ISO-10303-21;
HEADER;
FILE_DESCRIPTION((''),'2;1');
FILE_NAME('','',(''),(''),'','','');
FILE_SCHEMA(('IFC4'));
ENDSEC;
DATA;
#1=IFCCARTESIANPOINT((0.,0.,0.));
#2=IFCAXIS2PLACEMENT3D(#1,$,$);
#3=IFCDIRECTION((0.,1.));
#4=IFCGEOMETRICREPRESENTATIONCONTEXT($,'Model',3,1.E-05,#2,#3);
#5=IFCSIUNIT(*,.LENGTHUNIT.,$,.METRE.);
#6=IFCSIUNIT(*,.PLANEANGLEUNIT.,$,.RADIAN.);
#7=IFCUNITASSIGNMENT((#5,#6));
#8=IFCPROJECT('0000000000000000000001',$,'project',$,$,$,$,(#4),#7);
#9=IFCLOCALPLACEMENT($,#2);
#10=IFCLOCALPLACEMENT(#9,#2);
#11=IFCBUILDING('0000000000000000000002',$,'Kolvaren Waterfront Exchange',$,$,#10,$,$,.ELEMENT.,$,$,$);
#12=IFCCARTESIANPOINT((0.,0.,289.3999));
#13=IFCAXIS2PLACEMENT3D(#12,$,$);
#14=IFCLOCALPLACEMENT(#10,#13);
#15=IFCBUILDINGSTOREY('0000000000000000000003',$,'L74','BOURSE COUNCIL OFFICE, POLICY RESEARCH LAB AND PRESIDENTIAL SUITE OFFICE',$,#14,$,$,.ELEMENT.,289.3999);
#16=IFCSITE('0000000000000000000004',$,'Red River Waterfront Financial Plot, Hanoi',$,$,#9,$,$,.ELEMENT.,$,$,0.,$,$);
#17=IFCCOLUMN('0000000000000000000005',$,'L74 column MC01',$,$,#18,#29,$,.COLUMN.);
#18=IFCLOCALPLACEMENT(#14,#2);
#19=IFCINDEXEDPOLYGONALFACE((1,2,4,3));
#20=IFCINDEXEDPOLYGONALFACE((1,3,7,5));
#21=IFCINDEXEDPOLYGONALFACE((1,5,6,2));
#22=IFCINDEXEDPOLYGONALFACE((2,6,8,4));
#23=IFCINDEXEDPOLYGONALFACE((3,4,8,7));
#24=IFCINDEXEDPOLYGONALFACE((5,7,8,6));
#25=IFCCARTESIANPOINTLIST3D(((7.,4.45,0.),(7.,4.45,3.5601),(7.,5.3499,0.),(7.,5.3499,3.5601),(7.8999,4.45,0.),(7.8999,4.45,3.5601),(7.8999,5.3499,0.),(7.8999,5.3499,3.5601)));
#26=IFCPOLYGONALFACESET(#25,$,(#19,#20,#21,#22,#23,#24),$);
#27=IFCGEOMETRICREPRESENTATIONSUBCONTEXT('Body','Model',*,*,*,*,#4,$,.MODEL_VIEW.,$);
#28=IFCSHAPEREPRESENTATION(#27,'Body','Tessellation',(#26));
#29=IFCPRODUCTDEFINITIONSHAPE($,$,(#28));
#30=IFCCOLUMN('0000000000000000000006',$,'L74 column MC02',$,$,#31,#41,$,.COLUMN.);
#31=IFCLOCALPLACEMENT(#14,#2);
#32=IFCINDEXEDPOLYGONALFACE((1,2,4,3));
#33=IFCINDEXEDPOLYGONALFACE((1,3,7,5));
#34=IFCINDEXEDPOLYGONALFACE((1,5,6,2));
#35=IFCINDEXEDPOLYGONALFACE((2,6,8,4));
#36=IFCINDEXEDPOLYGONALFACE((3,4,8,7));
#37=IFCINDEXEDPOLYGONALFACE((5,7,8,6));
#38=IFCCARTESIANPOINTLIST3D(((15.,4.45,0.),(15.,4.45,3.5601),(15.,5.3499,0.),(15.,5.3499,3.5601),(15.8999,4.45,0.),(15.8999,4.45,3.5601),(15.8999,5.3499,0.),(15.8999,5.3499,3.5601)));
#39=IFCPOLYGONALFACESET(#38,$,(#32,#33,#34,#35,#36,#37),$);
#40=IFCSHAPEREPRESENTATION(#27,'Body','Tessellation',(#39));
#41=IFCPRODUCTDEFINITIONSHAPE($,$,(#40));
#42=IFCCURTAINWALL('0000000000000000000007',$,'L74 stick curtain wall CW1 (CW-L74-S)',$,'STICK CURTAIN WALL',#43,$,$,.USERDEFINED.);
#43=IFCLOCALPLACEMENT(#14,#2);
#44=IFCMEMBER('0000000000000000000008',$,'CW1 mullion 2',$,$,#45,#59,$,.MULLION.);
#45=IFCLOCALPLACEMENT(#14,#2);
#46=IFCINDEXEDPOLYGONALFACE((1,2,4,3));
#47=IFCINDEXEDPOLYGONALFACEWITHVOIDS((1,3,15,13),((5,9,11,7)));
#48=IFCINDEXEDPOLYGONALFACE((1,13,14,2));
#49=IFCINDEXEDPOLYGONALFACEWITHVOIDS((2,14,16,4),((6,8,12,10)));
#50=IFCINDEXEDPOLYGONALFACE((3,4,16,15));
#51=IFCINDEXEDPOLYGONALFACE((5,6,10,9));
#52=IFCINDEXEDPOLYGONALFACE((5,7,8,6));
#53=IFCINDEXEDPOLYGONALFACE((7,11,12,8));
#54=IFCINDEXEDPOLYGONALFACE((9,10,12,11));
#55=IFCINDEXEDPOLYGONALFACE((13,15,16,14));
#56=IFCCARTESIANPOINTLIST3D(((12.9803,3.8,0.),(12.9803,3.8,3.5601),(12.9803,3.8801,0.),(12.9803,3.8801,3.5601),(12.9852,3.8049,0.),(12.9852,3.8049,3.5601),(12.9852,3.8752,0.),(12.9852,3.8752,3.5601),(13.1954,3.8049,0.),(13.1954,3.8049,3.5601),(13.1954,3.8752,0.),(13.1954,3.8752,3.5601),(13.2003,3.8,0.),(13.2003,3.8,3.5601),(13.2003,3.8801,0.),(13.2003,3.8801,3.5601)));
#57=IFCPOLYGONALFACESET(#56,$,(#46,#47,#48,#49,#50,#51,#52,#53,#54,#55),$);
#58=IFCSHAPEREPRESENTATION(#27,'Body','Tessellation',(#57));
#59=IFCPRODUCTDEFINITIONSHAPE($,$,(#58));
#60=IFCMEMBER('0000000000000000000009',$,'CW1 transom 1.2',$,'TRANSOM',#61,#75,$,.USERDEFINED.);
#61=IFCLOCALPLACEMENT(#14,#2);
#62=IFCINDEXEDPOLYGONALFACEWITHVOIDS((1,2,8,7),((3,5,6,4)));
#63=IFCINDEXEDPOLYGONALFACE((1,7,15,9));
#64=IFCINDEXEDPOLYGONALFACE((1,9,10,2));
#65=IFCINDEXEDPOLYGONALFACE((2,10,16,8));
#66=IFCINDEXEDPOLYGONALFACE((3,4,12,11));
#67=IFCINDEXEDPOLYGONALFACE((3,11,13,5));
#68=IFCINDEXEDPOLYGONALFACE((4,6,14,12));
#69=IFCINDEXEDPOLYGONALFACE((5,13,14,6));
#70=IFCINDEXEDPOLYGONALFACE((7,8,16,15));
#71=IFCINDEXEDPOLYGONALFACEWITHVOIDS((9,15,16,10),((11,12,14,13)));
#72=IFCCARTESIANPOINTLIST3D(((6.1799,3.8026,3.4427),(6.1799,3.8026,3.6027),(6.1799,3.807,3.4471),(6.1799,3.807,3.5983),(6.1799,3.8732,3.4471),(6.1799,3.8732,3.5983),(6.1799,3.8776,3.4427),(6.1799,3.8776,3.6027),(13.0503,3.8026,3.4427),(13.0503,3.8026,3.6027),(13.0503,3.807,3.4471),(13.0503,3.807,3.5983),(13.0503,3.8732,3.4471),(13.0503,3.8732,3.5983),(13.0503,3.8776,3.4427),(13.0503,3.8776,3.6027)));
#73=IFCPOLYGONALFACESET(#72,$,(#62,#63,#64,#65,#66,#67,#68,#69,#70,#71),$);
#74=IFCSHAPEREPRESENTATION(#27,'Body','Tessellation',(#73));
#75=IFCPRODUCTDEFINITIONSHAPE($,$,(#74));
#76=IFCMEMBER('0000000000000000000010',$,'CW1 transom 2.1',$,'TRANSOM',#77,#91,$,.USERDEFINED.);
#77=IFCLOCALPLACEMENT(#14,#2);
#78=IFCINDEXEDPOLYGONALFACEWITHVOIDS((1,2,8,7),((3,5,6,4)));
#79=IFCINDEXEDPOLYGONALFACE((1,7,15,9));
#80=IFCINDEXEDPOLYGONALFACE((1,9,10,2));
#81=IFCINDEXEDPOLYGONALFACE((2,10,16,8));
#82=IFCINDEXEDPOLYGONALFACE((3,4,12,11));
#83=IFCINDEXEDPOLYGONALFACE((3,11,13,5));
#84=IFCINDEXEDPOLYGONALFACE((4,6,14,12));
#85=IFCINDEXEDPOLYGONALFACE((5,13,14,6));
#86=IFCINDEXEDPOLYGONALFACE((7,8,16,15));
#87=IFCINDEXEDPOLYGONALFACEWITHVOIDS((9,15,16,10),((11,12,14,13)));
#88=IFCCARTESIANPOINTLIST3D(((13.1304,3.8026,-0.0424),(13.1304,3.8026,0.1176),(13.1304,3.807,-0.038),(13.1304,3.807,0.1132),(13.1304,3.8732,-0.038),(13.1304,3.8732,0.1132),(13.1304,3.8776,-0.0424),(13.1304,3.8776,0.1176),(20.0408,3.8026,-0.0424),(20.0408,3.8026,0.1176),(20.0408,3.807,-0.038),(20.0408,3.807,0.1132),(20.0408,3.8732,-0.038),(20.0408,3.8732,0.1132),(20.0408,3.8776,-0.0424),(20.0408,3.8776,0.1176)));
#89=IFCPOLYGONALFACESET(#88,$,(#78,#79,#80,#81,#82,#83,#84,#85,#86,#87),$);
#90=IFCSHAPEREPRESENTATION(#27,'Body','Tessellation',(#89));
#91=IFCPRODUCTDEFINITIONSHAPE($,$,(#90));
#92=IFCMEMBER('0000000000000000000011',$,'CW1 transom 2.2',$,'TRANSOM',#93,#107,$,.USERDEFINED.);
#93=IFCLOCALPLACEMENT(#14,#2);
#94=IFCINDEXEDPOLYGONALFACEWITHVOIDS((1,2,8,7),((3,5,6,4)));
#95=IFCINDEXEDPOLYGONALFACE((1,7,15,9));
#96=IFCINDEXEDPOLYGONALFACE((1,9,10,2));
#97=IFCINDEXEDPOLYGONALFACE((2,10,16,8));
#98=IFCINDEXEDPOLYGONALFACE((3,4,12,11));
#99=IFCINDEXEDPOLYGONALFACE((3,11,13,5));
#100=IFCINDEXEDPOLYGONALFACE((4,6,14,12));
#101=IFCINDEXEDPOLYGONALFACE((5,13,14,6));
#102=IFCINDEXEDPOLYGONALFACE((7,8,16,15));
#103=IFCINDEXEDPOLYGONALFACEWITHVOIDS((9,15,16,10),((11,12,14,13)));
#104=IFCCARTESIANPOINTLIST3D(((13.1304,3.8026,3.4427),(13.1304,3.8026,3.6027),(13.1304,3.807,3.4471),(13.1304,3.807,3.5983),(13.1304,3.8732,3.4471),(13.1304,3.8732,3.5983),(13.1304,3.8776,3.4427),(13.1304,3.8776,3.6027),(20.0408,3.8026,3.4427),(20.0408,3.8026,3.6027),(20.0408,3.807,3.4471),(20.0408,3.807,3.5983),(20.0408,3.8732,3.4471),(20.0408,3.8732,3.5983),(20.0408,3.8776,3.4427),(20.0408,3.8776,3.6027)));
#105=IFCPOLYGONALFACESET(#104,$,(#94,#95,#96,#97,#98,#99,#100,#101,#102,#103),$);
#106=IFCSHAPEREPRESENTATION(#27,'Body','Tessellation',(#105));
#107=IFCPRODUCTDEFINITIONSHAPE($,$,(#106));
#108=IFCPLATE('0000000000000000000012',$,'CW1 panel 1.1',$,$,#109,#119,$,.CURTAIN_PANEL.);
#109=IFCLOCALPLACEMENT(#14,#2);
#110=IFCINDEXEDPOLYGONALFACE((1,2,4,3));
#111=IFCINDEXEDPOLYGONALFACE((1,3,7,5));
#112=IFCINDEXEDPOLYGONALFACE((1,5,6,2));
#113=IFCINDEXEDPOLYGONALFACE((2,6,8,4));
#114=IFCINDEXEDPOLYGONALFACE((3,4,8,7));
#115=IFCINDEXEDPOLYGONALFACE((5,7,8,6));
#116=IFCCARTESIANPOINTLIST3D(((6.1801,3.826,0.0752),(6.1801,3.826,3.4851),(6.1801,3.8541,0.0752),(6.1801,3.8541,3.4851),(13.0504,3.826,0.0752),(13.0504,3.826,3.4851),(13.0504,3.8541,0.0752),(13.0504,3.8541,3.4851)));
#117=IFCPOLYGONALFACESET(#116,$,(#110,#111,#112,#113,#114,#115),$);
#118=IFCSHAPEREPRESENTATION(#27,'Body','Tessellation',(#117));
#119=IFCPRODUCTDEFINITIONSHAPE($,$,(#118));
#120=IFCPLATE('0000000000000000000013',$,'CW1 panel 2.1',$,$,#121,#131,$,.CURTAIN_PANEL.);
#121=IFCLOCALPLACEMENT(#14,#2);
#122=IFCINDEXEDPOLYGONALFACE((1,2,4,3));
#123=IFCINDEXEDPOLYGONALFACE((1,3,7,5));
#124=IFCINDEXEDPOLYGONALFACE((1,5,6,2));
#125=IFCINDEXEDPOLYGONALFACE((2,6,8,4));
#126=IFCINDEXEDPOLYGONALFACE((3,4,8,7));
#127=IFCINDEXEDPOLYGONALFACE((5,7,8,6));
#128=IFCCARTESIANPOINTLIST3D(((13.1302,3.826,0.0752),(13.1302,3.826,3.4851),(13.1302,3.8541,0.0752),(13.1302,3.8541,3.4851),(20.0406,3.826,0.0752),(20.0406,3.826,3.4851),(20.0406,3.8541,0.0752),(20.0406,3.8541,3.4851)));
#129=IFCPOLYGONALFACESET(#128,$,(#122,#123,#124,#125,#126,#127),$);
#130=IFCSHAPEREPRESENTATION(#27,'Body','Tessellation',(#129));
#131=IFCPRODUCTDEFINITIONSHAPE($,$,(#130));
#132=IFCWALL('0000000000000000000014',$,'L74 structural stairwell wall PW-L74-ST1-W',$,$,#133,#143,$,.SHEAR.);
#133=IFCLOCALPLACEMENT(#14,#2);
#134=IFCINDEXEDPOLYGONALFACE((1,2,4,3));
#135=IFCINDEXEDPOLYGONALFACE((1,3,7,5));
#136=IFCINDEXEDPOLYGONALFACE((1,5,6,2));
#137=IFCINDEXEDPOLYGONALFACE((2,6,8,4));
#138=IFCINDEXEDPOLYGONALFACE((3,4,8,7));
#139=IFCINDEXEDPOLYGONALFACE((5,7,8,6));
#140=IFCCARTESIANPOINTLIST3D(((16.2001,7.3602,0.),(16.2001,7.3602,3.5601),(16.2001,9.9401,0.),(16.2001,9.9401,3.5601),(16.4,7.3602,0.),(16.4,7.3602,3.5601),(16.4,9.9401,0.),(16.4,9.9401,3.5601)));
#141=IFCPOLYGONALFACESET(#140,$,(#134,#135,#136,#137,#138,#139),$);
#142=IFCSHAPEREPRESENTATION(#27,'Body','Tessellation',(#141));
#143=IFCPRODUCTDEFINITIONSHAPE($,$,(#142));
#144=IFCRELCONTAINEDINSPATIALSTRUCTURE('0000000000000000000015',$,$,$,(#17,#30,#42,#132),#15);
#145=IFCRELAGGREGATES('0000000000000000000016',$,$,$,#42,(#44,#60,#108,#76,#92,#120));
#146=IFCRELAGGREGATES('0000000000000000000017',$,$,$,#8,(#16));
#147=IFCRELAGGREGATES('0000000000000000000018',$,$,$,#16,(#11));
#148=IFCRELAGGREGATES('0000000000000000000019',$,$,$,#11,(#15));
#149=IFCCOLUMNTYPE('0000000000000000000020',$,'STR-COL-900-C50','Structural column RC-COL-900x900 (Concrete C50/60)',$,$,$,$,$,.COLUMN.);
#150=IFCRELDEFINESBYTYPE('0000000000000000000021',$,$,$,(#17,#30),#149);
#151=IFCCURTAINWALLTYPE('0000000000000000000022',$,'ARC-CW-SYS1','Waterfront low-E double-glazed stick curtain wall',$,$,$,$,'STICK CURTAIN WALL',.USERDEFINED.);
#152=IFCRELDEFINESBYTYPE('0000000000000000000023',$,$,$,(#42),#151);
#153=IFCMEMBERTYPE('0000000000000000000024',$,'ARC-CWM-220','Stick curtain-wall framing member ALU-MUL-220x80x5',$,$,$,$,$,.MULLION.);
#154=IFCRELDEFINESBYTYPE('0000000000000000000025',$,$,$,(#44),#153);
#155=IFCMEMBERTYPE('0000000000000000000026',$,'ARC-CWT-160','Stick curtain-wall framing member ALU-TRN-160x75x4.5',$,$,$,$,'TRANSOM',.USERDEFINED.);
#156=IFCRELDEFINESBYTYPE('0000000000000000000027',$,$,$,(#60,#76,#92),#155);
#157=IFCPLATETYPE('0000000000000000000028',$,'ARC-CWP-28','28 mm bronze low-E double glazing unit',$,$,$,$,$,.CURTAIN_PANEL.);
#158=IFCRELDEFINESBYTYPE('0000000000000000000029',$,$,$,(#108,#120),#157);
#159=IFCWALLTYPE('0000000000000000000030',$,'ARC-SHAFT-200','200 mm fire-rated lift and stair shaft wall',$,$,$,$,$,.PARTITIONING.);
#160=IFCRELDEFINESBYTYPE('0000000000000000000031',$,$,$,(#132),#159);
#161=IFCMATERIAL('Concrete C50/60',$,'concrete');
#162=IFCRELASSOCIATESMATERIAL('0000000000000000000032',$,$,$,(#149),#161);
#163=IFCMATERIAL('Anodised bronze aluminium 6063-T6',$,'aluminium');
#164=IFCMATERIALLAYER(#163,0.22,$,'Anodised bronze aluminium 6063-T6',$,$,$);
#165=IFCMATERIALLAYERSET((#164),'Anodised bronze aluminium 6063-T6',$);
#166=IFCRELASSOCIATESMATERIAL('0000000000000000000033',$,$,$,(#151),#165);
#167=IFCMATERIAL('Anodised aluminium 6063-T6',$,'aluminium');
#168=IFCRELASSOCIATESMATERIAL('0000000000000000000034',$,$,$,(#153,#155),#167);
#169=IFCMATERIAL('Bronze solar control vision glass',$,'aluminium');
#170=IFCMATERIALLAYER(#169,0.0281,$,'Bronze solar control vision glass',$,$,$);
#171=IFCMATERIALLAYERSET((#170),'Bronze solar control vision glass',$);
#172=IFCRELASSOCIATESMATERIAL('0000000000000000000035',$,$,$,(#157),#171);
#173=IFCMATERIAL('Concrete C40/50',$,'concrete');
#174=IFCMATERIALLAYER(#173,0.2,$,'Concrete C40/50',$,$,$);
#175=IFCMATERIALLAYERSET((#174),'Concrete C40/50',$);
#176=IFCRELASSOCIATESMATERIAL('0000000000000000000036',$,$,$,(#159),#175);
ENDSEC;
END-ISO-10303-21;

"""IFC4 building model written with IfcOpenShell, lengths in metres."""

from ifc_helpers import new_model, si_unit, direction, frame, frame_2d, origin, origin_with_axes, origin_2d, place, context, subcontext, project, spatial, rectangle, hollow_rectangle, extrude, source, transform, mapped, material, layer, layer_set, material_profile, profile_set, type_object, element, aggregate, save


model = new_model("IFC4")

# Units and contexts
model_context = context("Model", 3, precision=1e-05, world=origin(), true_north=direction((0.0, 1.0)))
body_context = subcontext(model_context, "Body", "Model", "MODEL_VIEW")
ifc_project = project(units=[si_unit("LENGTHUNIT", "METRE"), si_unit("PLANEANGLEUNIT", "RADIAN")], contexts=[model_context])

# Site, building, storey
site_placement = place(None, origin())
site = spatial("IfcSite", under=ifc_project, at=site_placement, Name="Red River Waterfront Financial Plot, Hanoi", CompositionType="ELEMENT", RefElevation=0.0)
building_placement = place(site_placement, origin())
building = spatial("IfcBuilding", under=site, at=building_placement, Name="Kolvaren Waterfront Exchange", CompositionType="ELEMENT")
storey_placement = place(building_placement, frame((0.0, 0.0, 289.3999)))
storey = spatial("IfcBuildingStorey", under=building, at=storey_placement, Name="L74", Description="BOURSE COUNCIL OFFICE, POLICY RESEARCH LAB AND PRESIDENTIAL SUITE OFFICE", CompositionType="ELEMENT", Elevation=289.3999)

# Columns
ifc_material_1 = material(Name="Concrete C50/60", Category="concrete")
ifc_material_profile_1 = material_profile(ifc_material_1, rectangle(XDim=0.8999, YDim=0.8999, at=origin_2d()), Name="RC-COL-900x900")
ifc_profile_set_1 = profile_set([ifc_material_profile_1], Name="Concrete C50/60")
column_type = type_object("IfcColumnType", Name="STR-COL-900-C50", Description="Structural column RC-COL-900x900 (Concrete C50/60)", PredefinedType="COLUMN", material=ifc_profile_set_1)
for number, where, z_axis, x_axis, name in (
    (1, (7.45, 4.8999, 0.0), (0.0, 0.0, 1.0), (1.0, 0.0, 0.0), "L74 column MC01"),
    (2, (15.45, 4.8999, 0.0), (0.0, 0.0, 1.0), (1.0, 0.0, 0.0), "L74 column MC02"),
):
    element("IfcColumn", number, at=place(storey_placement, frame(where, z_axis=z_axis, x_axis=x_axis)), inside=storey, type_object=column_type, Name=name, PredefinedType="COLUMN", context=body_context, shape_type="SweptSolid", body=[
        extrude(rectangle(XDim=0.8999, YDim=0.8999, at=origin_2d()), origin(), (0.0, 0.0, 1.0), 3.5601),
    ])

# Curtain wall, members, plates
ifc_material_2 = material(Name="Anodised bronze aluminium 6063-T6", Category="aluminium")
ifc_layer_1 = layer(ifc_material_2, 0.22, Name="Anodised bronze aluminium 6063-T6")
ifc_layer_set_1 = layer_set([ifc_layer_1], Name="Anodised bronze aluminium 6063-T6")
curtain_wall_type = type_object("IfcCurtainWallType", Name="ARC-CW-SYS1", Description="Waterfront low-E double-glazed stick curtain wall", ElementType="STICK CURTAIN WALL", PredefinedType="USERDEFINED", material=ifc_layer_set_1)
curtain_wall_placement = place(storey_placement, origin())
curtain_wall = element("IfcCurtainWall", 3, at=curtain_wall_placement, inside=storey, type_object=curtain_wall_type, Name="L74 stick curtain wall CW1 (CW-L74-S)", ObjectType="STICK CURTAIN WALL", PredefinedType="USERDEFINED")
ifc_material_3 = material(Name="Anodised aluminium 6063-T6", Category="aluminium")
ifc_material_profile_2 = material_profile(ifc_material_3, hollow_rectangle(XDim=0.0801, YDim=0.22, WallThickness=0.0049, at=origin_2d()), Name="ALU-MUL-220x80x5")
ifc_profile_set_2 = profile_set([ifc_material_profile_2], Name="Anodised aluminium 6063-T6")
member_type_1 = type_object("IfcMemberType", Name="ARC-CWM-220", Description="Stick curtain-wall framing member ALU-MUL-220x80x5", PredefinedType="MULLION", material=ifc_profile_set_2)
shared_shape_1 = source(origin_with_axes(), body_context, "Body", "SweptSolid", [
    extrude(hollow_rectangle(XDim=0.0801, YDim=0.22, WallThickness=0.0049, at=origin_2d()), origin(), (0.0, 0.0, 1.0), 3.5601),
])
member_1_placement = place(storey_placement, frame((13.0903, 3.8401, 0.0), z_axis=(0.0, 0.0, 1.0), x_axis=(0.0, 1.0, 0.0)))
member_1 = element("IfcMember", 4, at=member_1_placement, type_object=member_type_1, Name="CW1 mullion 2", PredefinedType="MULLION", context=body_context, shape_type="MappedRepresentation", body=[
    mapped(shared_shape_1, transform((0.0, 0.0, 0.0), x_axis=(1.0, 0.0, 0.0), y_axis=(0.0, 1.0, 0.0), z_axis=(0.0, 0.0, 1.0), scale=1.0)),
])
ifc_material_profile_3 = material_profile(ifc_material_3, hollow_rectangle(XDim=0.075, YDim=0.1599, WallThickness=0.0044, at=origin_2d()), Name="ALU-TRN-160x75x4.5")
ifc_profile_set_3 = profile_set([ifc_material_profile_3], Name="Anodised aluminium 6063-T6")
member_type_2 = type_object("IfcMemberType", Name="ARC-CWT-160", Description="Stick curtain-wall framing member ALU-TRN-160x75x4.5", ElementType="TRANSOM", PredefinedType="USERDEFINED", material=ifc_profile_set_3)
shared_shape_2 = source(origin_with_axes(), body_context, "Body", "SweptSolid", [
    extrude(hollow_rectangle(XDim=0.075, YDim=0.1599, WallThickness=0.0044, at=origin_2d()), origin(), (0.0, 0.0, 1.0), 6.8704),
])
member_2_placement = place(storey_placement, frame((6.1799, 3.8401, 3.5227), z_axis=(1.0, 0.0, 0.0), x_axis=(0.0, 1.0, 0.0)))
member_2 = element("IfcMember", 5, at=member_2_placement, type_object=member_type_2, Name="CW1 transom 1.2", ObjectType="TRANSOM", PredefinedType="USERDEFINED", context=body_context, shape_type="MappedRepresentation", body=[
    mapped(shared_shape_2, transform((0.0, 0.0, 0.0), x_axis=(1.0, 0.0, 0.0), y_axis=(0.0, 1.0, 0.0), z_axis=(0.0, 0.0, 1.0), scale=1.0)),
])
shared_shape_3 = source(origin_with_axes(), body_context, "Body", "SweptSolid", [
    extrude(hollow_rectangle(XDim=0.075, YDim=0.1599, WallThickness=0.0044, at=origin_2d()), origin(), (0.0, 0.0, 1.0), 6.9104),
])
member_3_placement = place(storey_placement, frame((13.1304, 3.8401, 0.0376), z_axis=(1.0, 0.0, 0.0), x_axis=(0.0, 1.0, 0.0)))
member_3 = element("IfcMember", 6, at=member_3_placement, type_object=member_type_2, Name="CW1 transom 2.1", ObjectType="TRANSOM", PredefinedType="USERDEFINED", context=body_context, shape_type="MappedRepresentation", body=[
    mapped(shared_shape_3, transform((0.0, 0.0, 0.0), x_axis=(1.0, 0.0, 0.0), y_axis=(0.0, 1.0, 0.0), z_axis=(0.0, 0.0, 1.0), scale=1.0)),
])
member_4_placement = place(storey_placement, frame((13.1304, 3.8401, 3.5227), z_axis=(1.0, 0.0, 0.0), x_axis=(0.0, 1.0, 0.0)))
member_4 = element("IfcMember", 7, at=member_4_placement, type_object=member_type_2, Name="CW1 transom 2.2", ObjectType="TRANSOM", PredefinedType="USERDEFINED", context=body_context, shape_type="MappedRepresentation", body=[
    mapped(shared_shape_3, transform((0.0, 0.0, 0.0), x_axis=(1.0, 0.0, 0.0), y_axis=(0.0, 1.0, 0.0), z_axis=(0.0, 0.0, 1.0), scale=1.0)),
])
ifc_material_4 = material(Name="Bronze solar control vision glass", Category="aluminium")
ifc_layer_2 = layer(ifc_material_4, 0.0281, Name="Bronze solar control vision glass")
ifc_layer_set_2 = layer_set([ifc_layer_2], Name="Bronze solar control vision glass")
plate_type = type_object("IfcPlateType", Name="ARC-CWP-28", Description="28 mm bronze low-E double glazing unit", PredefinedType="CURTAIN_PANEL", material=ifc_layer_set_2)
shared_shape_4 = source(origin_with_axes(), body_context, "Body", "SweptSolid", [
    extrude(rectangle(XDim=6.8704, YDim=0.0281, at=origin_2d()), origin(), (0.0, 0.0, 1.0), 3.4099),
])
plate_1_placement = place(storey_placement, frame((9.6152, 3.8401, 0.0752), z_axis=(0.0, 0.0, 1.0), x_axis=(1.0, 0.0, 0.0)))
plate_1 = element("IfcPlate", 8, at=plate_1_placement, type_object=plate_type, Name="CW1 panel 1.1", PredefinedType="CURTAIN_PANEL", context=body_context, shape_type="MappedRepresentation", body=[
    mapped(shared_shape_4, transform((0.0, 0.0, 0.0), x_axis=(1.0, 0.0, 0.0), y_axis=(0.0, 1.0, 0.0), z_axis=(0.0, 0.0, 1.0), scale=1.0)),
])
shared_shape_5 = source(origin_with_axes(), body_context, "Body", "SweptSolid", [
    extrude(rectangle(XDim=6.9104, YDim=0.0281, at=origin_2d()), origin(), (0.0, 0.0, 1.0), 3.4099),
])
plate_2_placement = place(storey_placement, frame((16.5854, 3.8401, 0.0752), z_axis=(0.0, 0.0, 1.0), x_axis=(1.0, 0.0, 0.0)))
plate_2 = element("IfcPlate", 9, at=plate_2_placement, type_object=plate_type, Name="CW1 panel 2.1", PredefinedType="CURTAIN_PANEL", context=body_context, shape_type="MappedRepresentation", body=[
    mapped(shared_shape_5, transform((0.0, 0.0, 0.0), x_axis=(1.0, 0.0, 0.0), y_axis=(0.0, 1.0, 0.0), z_axis=(0.0, 0.0, 1.0), scale=1.0)),
])
aggregate(curtain_wall, [member_1, member_2, plate_1, member_3, member_4, plate_2])

# Wall
ifc_material_5 = material(Name="Concrete C40/50", Category="concrete")
ifc_layer_3 = layer(ifc_material_5, 0.2, Name="Concrete C40/50")
ifc_layer_set_3 = layer_set([ifc_layer_3], Name="Concrete C40/50")
wall_type_1 = type_object("IfcWallType", Name="ARC-SHAFT-200", Description="200 mm fire-rated lift and stair shaft wall", PredefinedType="PARTITIONING", material=ifc_layer_set_3)
wall_1_placement = place(storey_placement, frame((16.3, 7.3601, 0.0), z_axis=(0.0, 0.0, 1.0), x_axis=(0.0, 1.0, 0.0)))
element("IfcWall", 10, at=wall_1_placement, inside=storey, type_object=wall_type_1, Name="L74 structural stairwell wall PW-L74-ST1-W", PredefinedType="SHEAR", context=body_context, shape_type="SweptSolid", body=[
    extrude(rectangle(XDim=2.5798, YDim=0.2, at=frame_2d((1.29, 0.0))), origin(), (0.0, 0.0, 1.0), 3.5601),
])

save(model, "model.ifc")
